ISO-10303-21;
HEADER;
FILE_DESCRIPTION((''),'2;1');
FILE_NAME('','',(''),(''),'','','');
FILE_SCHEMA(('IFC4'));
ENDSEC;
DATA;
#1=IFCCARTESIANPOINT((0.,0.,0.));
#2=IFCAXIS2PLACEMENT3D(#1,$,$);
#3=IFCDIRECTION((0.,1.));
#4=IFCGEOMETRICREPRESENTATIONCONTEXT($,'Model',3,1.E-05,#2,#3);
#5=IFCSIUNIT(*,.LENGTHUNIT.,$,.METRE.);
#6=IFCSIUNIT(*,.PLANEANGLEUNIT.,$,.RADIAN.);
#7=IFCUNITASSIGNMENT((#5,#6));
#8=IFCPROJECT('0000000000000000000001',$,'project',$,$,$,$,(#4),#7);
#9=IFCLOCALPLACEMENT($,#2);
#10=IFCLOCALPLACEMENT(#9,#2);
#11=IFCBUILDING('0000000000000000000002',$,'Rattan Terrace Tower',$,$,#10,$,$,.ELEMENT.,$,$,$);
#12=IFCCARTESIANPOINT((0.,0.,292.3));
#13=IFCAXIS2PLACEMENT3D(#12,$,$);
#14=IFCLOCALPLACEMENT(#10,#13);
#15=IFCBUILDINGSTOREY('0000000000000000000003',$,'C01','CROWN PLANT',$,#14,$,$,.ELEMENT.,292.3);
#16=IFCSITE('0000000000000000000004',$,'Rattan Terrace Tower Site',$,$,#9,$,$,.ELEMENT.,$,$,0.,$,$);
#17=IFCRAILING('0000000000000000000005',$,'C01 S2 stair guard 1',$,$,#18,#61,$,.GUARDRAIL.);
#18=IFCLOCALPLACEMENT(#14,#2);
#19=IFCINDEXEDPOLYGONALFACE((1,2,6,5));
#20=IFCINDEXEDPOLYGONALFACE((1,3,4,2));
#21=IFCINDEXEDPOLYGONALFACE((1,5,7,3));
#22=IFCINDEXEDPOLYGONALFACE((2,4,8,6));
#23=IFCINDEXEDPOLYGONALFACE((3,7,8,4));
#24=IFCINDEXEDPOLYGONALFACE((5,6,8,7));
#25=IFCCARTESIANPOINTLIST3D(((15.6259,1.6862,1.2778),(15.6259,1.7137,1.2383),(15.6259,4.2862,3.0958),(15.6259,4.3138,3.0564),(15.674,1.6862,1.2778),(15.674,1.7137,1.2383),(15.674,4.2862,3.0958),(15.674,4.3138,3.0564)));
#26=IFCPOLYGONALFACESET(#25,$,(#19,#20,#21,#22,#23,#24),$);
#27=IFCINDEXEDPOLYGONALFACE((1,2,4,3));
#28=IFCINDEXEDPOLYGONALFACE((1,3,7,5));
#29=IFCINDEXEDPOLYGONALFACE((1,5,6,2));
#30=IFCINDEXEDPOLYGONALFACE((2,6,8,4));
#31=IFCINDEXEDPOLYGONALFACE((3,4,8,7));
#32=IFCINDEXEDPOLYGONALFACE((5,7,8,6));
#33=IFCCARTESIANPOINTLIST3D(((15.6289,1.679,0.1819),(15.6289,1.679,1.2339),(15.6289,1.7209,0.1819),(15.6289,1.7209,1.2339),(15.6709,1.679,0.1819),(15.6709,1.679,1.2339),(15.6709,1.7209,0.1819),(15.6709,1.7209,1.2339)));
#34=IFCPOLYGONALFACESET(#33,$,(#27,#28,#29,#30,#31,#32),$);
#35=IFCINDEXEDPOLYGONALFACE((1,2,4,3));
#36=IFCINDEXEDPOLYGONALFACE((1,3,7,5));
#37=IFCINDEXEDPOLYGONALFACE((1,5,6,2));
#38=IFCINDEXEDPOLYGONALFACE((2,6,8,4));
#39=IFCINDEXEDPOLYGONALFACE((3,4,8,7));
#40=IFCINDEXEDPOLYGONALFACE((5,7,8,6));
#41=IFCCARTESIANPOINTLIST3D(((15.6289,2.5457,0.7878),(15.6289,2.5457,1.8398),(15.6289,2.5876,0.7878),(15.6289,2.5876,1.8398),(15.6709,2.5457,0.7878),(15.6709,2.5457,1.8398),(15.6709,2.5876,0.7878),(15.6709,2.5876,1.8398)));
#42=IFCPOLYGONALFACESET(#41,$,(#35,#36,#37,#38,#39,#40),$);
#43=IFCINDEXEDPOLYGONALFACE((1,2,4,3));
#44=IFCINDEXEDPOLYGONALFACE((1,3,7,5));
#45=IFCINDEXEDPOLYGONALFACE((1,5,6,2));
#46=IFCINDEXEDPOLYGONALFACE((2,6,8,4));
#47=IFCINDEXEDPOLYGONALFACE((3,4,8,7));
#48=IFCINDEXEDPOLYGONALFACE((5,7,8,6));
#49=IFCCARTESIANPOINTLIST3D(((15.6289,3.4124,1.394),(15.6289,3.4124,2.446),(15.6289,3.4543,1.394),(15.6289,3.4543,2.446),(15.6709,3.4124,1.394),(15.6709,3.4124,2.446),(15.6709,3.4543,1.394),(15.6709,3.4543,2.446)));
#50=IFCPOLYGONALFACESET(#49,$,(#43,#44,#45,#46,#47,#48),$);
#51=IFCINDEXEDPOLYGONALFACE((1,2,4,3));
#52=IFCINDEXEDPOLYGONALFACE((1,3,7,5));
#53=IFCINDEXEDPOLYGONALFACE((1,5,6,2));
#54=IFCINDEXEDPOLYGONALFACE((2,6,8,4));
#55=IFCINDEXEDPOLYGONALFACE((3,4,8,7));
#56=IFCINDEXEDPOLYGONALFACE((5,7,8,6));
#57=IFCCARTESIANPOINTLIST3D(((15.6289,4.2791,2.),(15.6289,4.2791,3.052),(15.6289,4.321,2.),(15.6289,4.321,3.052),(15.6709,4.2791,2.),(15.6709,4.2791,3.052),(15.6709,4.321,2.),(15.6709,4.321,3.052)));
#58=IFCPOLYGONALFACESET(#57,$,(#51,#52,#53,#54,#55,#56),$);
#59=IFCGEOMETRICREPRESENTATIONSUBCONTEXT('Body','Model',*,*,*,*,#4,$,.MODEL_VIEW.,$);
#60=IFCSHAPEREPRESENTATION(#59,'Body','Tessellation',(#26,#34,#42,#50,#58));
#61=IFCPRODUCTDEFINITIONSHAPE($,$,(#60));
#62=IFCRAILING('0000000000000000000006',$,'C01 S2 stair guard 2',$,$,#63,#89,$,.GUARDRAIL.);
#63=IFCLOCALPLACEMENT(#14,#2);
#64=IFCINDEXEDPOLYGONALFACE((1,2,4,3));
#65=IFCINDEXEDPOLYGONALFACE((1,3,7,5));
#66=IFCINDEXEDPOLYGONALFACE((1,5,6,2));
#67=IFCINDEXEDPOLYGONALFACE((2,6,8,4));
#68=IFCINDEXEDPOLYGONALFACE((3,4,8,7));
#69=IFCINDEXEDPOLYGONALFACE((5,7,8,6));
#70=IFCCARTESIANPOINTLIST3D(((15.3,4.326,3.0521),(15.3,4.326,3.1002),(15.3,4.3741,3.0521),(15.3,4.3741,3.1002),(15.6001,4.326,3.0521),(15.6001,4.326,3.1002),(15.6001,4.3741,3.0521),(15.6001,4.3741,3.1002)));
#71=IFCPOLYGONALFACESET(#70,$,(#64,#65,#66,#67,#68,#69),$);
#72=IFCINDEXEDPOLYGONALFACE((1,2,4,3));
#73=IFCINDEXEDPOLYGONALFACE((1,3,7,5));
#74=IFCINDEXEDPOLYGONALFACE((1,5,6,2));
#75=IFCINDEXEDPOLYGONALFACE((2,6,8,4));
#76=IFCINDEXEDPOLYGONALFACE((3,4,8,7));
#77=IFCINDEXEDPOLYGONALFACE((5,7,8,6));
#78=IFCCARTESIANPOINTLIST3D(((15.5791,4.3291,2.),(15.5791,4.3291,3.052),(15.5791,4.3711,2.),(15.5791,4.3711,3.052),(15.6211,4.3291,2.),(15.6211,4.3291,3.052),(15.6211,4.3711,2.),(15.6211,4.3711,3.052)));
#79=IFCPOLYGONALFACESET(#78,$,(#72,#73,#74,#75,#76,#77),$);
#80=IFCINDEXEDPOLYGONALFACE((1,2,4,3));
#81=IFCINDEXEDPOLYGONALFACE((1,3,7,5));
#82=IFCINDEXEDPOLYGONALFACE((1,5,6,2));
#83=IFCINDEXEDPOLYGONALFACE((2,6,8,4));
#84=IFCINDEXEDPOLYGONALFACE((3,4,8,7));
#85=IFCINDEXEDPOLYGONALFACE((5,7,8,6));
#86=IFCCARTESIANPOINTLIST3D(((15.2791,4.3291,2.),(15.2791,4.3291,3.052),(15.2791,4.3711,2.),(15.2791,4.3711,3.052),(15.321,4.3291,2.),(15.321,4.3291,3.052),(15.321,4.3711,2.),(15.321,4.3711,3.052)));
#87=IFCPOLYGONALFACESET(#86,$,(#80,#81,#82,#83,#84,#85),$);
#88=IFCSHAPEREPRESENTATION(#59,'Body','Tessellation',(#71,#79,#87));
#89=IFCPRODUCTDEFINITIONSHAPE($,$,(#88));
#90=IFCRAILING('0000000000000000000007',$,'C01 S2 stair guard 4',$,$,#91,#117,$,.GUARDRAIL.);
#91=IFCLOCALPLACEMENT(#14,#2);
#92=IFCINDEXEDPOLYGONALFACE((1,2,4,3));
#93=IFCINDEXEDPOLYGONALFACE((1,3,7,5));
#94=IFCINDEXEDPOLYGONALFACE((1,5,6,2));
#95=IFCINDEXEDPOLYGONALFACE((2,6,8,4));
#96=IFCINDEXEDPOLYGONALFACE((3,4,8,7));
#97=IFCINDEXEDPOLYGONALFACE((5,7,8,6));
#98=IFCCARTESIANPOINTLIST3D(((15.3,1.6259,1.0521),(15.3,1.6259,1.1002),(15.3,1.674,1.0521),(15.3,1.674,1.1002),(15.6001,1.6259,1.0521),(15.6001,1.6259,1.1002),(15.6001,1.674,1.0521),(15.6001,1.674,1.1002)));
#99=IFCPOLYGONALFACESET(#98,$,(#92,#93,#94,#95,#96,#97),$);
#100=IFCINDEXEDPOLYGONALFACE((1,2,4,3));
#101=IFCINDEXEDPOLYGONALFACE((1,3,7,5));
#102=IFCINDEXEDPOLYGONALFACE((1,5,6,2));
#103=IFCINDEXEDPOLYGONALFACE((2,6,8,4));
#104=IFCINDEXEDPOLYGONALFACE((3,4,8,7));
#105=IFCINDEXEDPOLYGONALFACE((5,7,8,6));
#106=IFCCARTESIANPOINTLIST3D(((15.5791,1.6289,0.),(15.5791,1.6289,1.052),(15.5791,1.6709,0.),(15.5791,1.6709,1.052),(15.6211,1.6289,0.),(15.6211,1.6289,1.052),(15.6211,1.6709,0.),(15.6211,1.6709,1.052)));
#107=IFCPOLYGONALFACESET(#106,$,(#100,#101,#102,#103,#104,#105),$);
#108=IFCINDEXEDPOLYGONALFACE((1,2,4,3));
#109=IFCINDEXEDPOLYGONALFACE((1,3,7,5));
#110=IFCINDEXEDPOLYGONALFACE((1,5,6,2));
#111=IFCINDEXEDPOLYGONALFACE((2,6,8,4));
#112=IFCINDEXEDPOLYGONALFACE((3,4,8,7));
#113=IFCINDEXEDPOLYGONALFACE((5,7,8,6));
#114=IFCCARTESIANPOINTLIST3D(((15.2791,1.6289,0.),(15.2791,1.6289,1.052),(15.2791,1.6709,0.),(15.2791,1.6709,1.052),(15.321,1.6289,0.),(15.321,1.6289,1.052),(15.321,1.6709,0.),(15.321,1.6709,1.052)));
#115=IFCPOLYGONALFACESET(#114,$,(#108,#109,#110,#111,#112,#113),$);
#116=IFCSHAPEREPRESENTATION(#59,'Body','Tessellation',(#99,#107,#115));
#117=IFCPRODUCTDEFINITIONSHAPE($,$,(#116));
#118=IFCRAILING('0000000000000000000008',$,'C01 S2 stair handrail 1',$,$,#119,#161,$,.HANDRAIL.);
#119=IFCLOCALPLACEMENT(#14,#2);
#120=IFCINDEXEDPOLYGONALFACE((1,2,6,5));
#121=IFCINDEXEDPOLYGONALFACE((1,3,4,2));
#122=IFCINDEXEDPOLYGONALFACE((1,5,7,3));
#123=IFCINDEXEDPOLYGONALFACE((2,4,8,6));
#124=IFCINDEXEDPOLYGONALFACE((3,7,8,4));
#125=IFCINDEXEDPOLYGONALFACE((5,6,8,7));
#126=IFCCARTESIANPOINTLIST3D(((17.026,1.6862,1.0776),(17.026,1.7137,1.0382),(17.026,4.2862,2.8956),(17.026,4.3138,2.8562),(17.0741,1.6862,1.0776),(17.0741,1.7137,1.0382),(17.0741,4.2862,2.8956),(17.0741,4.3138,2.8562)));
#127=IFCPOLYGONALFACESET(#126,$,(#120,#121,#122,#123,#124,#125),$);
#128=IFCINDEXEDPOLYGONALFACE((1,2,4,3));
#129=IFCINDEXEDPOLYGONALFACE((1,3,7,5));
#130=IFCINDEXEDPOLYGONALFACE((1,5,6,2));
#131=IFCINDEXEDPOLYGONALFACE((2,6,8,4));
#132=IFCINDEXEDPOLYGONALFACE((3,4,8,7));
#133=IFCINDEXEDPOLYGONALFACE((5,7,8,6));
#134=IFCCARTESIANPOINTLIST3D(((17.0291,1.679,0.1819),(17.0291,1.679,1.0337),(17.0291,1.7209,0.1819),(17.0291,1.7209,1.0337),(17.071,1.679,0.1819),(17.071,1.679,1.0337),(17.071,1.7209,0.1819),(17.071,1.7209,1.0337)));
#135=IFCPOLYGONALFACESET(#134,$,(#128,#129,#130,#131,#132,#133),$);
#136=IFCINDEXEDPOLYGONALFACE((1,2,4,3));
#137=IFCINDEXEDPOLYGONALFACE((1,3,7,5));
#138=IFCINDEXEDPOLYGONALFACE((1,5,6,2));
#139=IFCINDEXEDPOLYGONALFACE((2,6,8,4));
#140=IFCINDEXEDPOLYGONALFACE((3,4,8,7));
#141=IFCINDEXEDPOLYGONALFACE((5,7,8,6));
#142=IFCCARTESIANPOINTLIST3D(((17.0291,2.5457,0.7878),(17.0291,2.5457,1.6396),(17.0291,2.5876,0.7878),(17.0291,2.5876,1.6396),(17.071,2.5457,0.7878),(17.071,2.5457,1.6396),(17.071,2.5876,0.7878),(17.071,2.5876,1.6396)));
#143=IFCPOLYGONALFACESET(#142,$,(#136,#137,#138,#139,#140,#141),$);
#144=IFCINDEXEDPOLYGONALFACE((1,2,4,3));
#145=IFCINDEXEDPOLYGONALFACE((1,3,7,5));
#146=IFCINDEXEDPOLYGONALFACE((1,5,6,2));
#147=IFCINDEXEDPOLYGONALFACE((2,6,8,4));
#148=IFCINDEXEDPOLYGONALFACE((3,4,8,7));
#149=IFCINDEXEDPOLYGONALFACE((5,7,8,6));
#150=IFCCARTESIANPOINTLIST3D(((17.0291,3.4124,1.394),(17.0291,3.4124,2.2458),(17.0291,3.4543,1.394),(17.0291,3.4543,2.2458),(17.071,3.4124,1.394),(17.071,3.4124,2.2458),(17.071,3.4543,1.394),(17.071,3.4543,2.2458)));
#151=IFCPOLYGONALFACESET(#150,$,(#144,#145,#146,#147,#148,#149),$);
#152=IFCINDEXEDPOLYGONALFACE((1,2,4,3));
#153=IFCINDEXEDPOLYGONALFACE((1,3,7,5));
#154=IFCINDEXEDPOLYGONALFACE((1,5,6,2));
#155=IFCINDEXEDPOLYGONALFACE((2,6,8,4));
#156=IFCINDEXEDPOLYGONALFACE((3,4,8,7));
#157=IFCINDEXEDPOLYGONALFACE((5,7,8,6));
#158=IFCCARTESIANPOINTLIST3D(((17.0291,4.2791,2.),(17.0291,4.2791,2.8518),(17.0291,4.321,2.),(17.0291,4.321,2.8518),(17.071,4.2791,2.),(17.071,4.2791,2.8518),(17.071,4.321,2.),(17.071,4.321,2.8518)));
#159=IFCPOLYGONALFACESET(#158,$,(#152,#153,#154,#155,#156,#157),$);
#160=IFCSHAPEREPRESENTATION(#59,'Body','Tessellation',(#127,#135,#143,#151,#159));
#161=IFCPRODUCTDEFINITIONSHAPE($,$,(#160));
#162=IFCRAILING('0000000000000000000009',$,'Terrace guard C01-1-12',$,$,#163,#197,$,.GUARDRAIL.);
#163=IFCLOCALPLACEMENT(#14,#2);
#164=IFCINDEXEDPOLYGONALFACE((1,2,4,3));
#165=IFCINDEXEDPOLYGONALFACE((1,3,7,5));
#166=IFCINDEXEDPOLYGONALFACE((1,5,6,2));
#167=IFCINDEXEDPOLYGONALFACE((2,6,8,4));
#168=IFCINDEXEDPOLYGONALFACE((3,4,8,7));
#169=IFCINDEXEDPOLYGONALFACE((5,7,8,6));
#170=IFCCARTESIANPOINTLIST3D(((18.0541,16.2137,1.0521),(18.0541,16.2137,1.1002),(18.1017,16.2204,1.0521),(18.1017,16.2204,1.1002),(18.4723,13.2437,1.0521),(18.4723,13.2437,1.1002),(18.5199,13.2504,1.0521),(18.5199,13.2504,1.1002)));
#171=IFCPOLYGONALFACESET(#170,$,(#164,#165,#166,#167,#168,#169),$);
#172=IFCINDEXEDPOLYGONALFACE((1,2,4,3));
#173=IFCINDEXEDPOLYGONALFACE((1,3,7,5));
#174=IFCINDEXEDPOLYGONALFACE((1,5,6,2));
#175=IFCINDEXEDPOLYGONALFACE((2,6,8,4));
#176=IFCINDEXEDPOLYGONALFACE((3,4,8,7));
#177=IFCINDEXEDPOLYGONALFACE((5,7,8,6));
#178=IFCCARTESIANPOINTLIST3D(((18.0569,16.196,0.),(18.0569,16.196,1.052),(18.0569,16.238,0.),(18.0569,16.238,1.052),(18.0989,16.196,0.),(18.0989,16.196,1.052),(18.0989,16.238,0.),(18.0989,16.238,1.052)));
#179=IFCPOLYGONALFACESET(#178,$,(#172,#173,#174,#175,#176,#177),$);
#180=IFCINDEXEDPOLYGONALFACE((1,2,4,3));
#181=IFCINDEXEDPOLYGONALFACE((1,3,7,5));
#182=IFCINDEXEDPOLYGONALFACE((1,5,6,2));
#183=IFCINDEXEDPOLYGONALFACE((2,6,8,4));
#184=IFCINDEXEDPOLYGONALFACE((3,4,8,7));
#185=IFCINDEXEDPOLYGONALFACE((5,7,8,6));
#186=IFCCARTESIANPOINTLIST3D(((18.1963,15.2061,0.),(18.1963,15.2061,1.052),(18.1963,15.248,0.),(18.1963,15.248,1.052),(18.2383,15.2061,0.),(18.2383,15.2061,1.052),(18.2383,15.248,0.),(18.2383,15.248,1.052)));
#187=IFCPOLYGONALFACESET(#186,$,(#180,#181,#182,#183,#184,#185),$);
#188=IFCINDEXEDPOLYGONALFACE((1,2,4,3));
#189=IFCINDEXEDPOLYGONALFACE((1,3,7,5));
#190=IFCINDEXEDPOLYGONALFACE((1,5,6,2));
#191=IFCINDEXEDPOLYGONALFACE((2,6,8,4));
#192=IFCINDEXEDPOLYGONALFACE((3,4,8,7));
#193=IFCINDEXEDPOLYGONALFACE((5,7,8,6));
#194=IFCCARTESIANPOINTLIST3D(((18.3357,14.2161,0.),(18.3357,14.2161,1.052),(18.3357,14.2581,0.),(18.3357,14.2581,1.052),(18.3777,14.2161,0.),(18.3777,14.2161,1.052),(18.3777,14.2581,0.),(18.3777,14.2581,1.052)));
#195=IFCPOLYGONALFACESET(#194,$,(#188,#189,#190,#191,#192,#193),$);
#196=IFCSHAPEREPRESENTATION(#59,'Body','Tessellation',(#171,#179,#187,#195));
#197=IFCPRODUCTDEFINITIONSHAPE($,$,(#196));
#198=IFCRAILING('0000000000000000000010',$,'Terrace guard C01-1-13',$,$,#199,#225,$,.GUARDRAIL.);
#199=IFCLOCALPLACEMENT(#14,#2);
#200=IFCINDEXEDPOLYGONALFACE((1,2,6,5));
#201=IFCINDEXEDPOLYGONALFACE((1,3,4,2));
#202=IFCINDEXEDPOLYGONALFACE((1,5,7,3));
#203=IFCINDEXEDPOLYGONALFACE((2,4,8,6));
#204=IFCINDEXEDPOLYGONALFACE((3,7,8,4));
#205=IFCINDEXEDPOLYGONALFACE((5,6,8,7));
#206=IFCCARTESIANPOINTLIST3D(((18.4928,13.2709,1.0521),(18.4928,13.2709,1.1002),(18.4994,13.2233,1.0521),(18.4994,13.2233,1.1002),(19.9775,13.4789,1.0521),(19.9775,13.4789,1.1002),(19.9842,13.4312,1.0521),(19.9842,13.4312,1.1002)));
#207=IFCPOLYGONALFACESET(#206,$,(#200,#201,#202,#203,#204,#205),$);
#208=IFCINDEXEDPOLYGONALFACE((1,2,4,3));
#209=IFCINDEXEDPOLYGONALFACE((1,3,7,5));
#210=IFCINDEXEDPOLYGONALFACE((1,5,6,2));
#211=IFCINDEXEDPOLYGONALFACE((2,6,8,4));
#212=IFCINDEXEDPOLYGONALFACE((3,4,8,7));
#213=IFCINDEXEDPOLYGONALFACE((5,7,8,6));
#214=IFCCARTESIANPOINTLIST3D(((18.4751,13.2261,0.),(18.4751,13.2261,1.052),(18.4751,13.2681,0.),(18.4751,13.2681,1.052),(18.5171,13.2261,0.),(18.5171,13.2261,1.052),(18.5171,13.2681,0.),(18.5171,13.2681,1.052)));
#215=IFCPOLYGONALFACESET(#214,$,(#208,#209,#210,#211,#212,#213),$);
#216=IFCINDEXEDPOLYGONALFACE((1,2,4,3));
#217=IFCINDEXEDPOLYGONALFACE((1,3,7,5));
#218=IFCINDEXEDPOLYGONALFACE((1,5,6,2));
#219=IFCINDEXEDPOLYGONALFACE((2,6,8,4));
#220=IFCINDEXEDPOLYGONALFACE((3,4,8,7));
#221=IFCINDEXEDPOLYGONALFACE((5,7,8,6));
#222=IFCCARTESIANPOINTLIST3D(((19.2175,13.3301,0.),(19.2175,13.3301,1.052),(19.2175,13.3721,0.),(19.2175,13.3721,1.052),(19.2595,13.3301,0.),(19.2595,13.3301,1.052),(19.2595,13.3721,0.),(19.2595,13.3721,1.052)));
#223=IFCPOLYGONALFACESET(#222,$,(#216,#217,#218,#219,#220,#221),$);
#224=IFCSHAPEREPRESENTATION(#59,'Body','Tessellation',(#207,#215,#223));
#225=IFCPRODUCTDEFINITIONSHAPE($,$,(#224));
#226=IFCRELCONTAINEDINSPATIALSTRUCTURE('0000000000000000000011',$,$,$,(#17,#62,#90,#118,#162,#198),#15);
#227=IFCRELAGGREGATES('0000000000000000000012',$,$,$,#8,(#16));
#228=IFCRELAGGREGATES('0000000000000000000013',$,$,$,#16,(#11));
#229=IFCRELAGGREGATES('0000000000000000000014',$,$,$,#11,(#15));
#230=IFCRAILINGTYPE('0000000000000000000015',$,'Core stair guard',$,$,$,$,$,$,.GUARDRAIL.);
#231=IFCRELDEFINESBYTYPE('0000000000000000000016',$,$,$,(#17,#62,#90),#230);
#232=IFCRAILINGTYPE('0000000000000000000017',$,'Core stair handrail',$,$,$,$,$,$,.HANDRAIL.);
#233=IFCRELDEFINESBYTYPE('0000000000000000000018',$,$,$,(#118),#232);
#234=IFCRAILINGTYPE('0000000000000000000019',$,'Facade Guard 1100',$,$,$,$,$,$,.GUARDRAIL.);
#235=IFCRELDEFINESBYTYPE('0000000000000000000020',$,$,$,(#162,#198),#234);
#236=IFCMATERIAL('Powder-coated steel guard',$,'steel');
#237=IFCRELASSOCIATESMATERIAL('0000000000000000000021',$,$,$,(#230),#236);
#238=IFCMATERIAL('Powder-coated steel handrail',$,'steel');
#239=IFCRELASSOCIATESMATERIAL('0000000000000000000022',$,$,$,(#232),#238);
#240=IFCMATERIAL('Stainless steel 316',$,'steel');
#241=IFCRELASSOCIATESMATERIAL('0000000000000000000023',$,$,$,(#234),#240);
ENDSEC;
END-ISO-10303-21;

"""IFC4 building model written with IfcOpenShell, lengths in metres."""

from ifc_helpers import new_model, si_unit, direction, frame, origin, origin_2d, place, context, subcontext, project, spatial, rectangle, extrude, material, type_object, element, save


model = new_model("IFC4")

# Units and contexts
model_context = context("Model", 3, precision=1e-05, world=origin(), true_north=direction((0.0, 1.0)))
body_context = subcontext(model_context, "Body", "Model", "MODEL_VIEW")
ifc_project = project(units=[si_unit("LENGTHUNIT", "METRE"), si_unit("PLANEANGLEUNIT", "RADIAN")], contexts=[model_context])

# Site, building, storey
site_placement = place(None, origin())
site = spatial("IfcSite", under=ifc_project, at=site_placement, Name="Rattan Terrace Tower Site", CompositionType="ELEMENT", RefElevation=0.0)
building_placement = place(site_placement, origin())
building = spatial("IfcBuilding", under=site, at=building_placement, Name="Rattan Terrace Tower", CompositionType="ELEMENT")
storey_placement = place(building_placement, frame((0.0, 0.0, 292.3)))
storey = spatial("IfcBuildingStorey", under=building, at=storey_placement, Name="C01", Description="CROWN PLANT", CompositionType="ELEMENT", Elevation=292.3)

# Railings
ifc_material_1 = material(Name="Powder-coated steel guard", Category="steel")
railing_type_1 = type_object("IfcRailingType", Name="Core stair guard", PredefinedType="GUARDRAIL", material=ifc_material_1)
railing_1_placement = place(storey_placement, frame((15.6499, 1.7, 0.1819)))
element("IfcRailing", 1, at=railing_1_placement, inside=storey, type_object=railing_type_1, Name="C01 S2 stair guard 1", PredefinedType="GUARDRAIL", context=body_context, shape_type="SweptSolid", body=[
    extrude(rectangle(XDim=0.0481, YDim=0.0481, at=origin_2d()), frame((0.0, 0.0, 1.0762), z_axis=(0.0, 0.819521, 0.573049), x_axis=(-1.0, 0.0, 0.0)), (0.0, 0.0, 1.0), 3.1726),
    extrude(rectangle(XDim=0.042, YDim=0.042, at=origin_2d()), origin(), (0.0, 0.0, 1.0), 1.052),
    extrude(rectangle(XDim=0.042, YDim=0.042, at=origin_2d()), frame((0.0, 0.8667, 0.606)), (0.0, 0.0, 1.0), 1.052),
    extrude(rectangle(XDim=0.042, YDim=0.042, at=origin_2d()), frame((0.0, 1.7334, 1.2122)), (0.0, 0.0, 1.0), 1.052),
    extrude(rectangle(XDim=0.042, YDim=0.042, at=origin_2d()), frame((0.0, 2.6001, 1.8181)), (0.0, 0.0, 1.0), 1.052),
])
for number, where, name in (
    (2, (15.6001, 4.3501, 2.0), "C01 S2 stair guard 2"),
    (3, (15.6001, 1.6499, 0.0), "C01 S2 stair guard 4"),
):
    element("IfcRailing", number, at=place(storey_placement, frame(where)), inside=storey, type_object=railing_type_1, Name=name, PredefinedType="GUARDRAIL", context=body_context, shape_type="SweptSolid", body=[
        extrude(rectangle(XDim=0.0481, YDim=0.0481, at=origin_2d()), frame((0.0, 0.0, 1.0762), z_axis=(-1.0, 0.0, 0.0), x_axis=(0.0, -1.0, 0.0)), (0.0, 0.0, 1.0), 0.3),
        extrude(rectangle(XDim=0.042, YDim=0.042, at=origin_2d()), origin(), (0.0, 0.0, 1.0), 1.052),
        extrude(rectangle(XDim=0.042, YDim=0.042, at=origin_2d()), frame((-0.3, 0.0, 0.0)), (0.0, 0.0, 1.0), 1.052),
    ])
ifc_material_2 = material(Name="Powder-coated steel handrail", Category="steel")
railing_type_2 = type_object("IfcRailingType", Name="Core stair handrail", PredefinedType="HANDRAIL", material=ifc_material_2)
railing_2_placement = place(storey_placement, frame((17.05, 1.7, 0.1819)))
element("IfcRailing", 4, at=railing_2_placement, inside=storey, type_object=railing_type_2, Name="C01 S2 stair handrail 1", PredefinedType="HANDRAIL", context=body_context, shape_type="SweptSolid", body=[
    extrude(rectangle(XDim=0.0481, YDim=0.0481, at=origin_2d()), frame((0.0, 0.0, 0.876), z_axis=(0.0, 0.819521, 0.573049), x_axis=(-1.0, 0.0, 0.0)), (0.0, 0.0, 1.0), 3.1726),
    extrude(rectangle(XDim=0.042, YDim=0.042, at=origin_2d()), origin(), (0.0, 0.0, 1.0), 0.8518),
    extrude(rectangle(XDim=0.042, YDim=0.042, at=origin_2d()), frame((0.0, 0.8667, 0.606)), (0.0, 0.0, 1.0), 0.8518),
    extrude(rectangle(XDim=0.042, YDim=0.042, at=origin_2d()), frame((0.0, 1.7334, 1.2122)), (0.0, 0.0, 1.0), 0.8518),
    extrude(rectangle(XDim=0.042, YDim=0.042, at=origin_2d()), frame((0.0, 2.6001, 1.8181)), (0.0, 0.0, 1.0), 0.8518),
])
ifc_material_3 = material(Name="Stainless steel 316", Category="steel")
railing_type_3 = type_object("IfcRailingType", Name="Facade Guard 1100", PredefinedType="GUARDRAIL", material=ifc_material_3)
railing_3_placement = place(storey_placement, frame((18.0779, 16.217, 0.0)))
element("IfcRailing", 5, at=railing_3_placement, inside=storey, type_object=railing_type_3, Name="Terrace guard C01-1-12", PredefinedType="GUARDRAIL", context=body_context, shape_type="SweptSolid", body=[
    extrude(rectangle(XDim=0.0481, YDim=0.0481, at=origin_2d()), frame((0.0, 0.0, 1.0762), z_axis=(0.139438, -0.990231, 0.0), x_axis=(0.990231, 0.139438, 0.0)), (0.0, 0.0, 1.0), 2.9993),
    extrude(rectangle(XDim=0.042, YDim=0.042, at=origin_2d()), origin(), (0.0, 0.0, 1.0), 1.052),
    extrude(rectangle(XDim=0.042, YDim=0.042, at=origin_2d()), frame((0.1394, -0.99, 0.0)), (0.0, 0.0, 1.0), 1.052),
    extrude(rectangle(XDim=0.042, YDim=0.042, at=origin_2d()), frame((0.2788, -1.98, 0.0)), (0.0, 0.0, 1.0), 1.052),
])
railing_4_placement = place(storey_placement, frame((18.4961, 13.2471, 0.0)))
element("IfcRailing", 6, at=railing_4_placement, inside=storey, type_object=railing_type_3, Name="Terrace guard C01-1-13", PredefinedType="GUARDRAIL", context=body_context, shape_type="SweptSolid", body=[
    extrude(rectangle(XDim=0.0481, YDim=0.0481, at=origin_2d()), frame((0.0, 0.0, 1.0762), z_axis=(0.99033, 0.138731, 0.0), x_axis=(-0.138731, 0.99033, 0.0)), (0.0, 0.0, 1.0), 1.4993),
    extrude(rectangle(XDim=0.042, YDim=0.042, at=origin_2d()), origin(), (0.0, 0.0, 1.0), 1.052),
    extrude(rectangle(XDim=0.042, YDim=0.042, at=origin_2d()), frame((0.7424, 0.104, 0.0)), (0.0, 0.0, 1.0), 1.052),
])

save(model, "model.ifc")
